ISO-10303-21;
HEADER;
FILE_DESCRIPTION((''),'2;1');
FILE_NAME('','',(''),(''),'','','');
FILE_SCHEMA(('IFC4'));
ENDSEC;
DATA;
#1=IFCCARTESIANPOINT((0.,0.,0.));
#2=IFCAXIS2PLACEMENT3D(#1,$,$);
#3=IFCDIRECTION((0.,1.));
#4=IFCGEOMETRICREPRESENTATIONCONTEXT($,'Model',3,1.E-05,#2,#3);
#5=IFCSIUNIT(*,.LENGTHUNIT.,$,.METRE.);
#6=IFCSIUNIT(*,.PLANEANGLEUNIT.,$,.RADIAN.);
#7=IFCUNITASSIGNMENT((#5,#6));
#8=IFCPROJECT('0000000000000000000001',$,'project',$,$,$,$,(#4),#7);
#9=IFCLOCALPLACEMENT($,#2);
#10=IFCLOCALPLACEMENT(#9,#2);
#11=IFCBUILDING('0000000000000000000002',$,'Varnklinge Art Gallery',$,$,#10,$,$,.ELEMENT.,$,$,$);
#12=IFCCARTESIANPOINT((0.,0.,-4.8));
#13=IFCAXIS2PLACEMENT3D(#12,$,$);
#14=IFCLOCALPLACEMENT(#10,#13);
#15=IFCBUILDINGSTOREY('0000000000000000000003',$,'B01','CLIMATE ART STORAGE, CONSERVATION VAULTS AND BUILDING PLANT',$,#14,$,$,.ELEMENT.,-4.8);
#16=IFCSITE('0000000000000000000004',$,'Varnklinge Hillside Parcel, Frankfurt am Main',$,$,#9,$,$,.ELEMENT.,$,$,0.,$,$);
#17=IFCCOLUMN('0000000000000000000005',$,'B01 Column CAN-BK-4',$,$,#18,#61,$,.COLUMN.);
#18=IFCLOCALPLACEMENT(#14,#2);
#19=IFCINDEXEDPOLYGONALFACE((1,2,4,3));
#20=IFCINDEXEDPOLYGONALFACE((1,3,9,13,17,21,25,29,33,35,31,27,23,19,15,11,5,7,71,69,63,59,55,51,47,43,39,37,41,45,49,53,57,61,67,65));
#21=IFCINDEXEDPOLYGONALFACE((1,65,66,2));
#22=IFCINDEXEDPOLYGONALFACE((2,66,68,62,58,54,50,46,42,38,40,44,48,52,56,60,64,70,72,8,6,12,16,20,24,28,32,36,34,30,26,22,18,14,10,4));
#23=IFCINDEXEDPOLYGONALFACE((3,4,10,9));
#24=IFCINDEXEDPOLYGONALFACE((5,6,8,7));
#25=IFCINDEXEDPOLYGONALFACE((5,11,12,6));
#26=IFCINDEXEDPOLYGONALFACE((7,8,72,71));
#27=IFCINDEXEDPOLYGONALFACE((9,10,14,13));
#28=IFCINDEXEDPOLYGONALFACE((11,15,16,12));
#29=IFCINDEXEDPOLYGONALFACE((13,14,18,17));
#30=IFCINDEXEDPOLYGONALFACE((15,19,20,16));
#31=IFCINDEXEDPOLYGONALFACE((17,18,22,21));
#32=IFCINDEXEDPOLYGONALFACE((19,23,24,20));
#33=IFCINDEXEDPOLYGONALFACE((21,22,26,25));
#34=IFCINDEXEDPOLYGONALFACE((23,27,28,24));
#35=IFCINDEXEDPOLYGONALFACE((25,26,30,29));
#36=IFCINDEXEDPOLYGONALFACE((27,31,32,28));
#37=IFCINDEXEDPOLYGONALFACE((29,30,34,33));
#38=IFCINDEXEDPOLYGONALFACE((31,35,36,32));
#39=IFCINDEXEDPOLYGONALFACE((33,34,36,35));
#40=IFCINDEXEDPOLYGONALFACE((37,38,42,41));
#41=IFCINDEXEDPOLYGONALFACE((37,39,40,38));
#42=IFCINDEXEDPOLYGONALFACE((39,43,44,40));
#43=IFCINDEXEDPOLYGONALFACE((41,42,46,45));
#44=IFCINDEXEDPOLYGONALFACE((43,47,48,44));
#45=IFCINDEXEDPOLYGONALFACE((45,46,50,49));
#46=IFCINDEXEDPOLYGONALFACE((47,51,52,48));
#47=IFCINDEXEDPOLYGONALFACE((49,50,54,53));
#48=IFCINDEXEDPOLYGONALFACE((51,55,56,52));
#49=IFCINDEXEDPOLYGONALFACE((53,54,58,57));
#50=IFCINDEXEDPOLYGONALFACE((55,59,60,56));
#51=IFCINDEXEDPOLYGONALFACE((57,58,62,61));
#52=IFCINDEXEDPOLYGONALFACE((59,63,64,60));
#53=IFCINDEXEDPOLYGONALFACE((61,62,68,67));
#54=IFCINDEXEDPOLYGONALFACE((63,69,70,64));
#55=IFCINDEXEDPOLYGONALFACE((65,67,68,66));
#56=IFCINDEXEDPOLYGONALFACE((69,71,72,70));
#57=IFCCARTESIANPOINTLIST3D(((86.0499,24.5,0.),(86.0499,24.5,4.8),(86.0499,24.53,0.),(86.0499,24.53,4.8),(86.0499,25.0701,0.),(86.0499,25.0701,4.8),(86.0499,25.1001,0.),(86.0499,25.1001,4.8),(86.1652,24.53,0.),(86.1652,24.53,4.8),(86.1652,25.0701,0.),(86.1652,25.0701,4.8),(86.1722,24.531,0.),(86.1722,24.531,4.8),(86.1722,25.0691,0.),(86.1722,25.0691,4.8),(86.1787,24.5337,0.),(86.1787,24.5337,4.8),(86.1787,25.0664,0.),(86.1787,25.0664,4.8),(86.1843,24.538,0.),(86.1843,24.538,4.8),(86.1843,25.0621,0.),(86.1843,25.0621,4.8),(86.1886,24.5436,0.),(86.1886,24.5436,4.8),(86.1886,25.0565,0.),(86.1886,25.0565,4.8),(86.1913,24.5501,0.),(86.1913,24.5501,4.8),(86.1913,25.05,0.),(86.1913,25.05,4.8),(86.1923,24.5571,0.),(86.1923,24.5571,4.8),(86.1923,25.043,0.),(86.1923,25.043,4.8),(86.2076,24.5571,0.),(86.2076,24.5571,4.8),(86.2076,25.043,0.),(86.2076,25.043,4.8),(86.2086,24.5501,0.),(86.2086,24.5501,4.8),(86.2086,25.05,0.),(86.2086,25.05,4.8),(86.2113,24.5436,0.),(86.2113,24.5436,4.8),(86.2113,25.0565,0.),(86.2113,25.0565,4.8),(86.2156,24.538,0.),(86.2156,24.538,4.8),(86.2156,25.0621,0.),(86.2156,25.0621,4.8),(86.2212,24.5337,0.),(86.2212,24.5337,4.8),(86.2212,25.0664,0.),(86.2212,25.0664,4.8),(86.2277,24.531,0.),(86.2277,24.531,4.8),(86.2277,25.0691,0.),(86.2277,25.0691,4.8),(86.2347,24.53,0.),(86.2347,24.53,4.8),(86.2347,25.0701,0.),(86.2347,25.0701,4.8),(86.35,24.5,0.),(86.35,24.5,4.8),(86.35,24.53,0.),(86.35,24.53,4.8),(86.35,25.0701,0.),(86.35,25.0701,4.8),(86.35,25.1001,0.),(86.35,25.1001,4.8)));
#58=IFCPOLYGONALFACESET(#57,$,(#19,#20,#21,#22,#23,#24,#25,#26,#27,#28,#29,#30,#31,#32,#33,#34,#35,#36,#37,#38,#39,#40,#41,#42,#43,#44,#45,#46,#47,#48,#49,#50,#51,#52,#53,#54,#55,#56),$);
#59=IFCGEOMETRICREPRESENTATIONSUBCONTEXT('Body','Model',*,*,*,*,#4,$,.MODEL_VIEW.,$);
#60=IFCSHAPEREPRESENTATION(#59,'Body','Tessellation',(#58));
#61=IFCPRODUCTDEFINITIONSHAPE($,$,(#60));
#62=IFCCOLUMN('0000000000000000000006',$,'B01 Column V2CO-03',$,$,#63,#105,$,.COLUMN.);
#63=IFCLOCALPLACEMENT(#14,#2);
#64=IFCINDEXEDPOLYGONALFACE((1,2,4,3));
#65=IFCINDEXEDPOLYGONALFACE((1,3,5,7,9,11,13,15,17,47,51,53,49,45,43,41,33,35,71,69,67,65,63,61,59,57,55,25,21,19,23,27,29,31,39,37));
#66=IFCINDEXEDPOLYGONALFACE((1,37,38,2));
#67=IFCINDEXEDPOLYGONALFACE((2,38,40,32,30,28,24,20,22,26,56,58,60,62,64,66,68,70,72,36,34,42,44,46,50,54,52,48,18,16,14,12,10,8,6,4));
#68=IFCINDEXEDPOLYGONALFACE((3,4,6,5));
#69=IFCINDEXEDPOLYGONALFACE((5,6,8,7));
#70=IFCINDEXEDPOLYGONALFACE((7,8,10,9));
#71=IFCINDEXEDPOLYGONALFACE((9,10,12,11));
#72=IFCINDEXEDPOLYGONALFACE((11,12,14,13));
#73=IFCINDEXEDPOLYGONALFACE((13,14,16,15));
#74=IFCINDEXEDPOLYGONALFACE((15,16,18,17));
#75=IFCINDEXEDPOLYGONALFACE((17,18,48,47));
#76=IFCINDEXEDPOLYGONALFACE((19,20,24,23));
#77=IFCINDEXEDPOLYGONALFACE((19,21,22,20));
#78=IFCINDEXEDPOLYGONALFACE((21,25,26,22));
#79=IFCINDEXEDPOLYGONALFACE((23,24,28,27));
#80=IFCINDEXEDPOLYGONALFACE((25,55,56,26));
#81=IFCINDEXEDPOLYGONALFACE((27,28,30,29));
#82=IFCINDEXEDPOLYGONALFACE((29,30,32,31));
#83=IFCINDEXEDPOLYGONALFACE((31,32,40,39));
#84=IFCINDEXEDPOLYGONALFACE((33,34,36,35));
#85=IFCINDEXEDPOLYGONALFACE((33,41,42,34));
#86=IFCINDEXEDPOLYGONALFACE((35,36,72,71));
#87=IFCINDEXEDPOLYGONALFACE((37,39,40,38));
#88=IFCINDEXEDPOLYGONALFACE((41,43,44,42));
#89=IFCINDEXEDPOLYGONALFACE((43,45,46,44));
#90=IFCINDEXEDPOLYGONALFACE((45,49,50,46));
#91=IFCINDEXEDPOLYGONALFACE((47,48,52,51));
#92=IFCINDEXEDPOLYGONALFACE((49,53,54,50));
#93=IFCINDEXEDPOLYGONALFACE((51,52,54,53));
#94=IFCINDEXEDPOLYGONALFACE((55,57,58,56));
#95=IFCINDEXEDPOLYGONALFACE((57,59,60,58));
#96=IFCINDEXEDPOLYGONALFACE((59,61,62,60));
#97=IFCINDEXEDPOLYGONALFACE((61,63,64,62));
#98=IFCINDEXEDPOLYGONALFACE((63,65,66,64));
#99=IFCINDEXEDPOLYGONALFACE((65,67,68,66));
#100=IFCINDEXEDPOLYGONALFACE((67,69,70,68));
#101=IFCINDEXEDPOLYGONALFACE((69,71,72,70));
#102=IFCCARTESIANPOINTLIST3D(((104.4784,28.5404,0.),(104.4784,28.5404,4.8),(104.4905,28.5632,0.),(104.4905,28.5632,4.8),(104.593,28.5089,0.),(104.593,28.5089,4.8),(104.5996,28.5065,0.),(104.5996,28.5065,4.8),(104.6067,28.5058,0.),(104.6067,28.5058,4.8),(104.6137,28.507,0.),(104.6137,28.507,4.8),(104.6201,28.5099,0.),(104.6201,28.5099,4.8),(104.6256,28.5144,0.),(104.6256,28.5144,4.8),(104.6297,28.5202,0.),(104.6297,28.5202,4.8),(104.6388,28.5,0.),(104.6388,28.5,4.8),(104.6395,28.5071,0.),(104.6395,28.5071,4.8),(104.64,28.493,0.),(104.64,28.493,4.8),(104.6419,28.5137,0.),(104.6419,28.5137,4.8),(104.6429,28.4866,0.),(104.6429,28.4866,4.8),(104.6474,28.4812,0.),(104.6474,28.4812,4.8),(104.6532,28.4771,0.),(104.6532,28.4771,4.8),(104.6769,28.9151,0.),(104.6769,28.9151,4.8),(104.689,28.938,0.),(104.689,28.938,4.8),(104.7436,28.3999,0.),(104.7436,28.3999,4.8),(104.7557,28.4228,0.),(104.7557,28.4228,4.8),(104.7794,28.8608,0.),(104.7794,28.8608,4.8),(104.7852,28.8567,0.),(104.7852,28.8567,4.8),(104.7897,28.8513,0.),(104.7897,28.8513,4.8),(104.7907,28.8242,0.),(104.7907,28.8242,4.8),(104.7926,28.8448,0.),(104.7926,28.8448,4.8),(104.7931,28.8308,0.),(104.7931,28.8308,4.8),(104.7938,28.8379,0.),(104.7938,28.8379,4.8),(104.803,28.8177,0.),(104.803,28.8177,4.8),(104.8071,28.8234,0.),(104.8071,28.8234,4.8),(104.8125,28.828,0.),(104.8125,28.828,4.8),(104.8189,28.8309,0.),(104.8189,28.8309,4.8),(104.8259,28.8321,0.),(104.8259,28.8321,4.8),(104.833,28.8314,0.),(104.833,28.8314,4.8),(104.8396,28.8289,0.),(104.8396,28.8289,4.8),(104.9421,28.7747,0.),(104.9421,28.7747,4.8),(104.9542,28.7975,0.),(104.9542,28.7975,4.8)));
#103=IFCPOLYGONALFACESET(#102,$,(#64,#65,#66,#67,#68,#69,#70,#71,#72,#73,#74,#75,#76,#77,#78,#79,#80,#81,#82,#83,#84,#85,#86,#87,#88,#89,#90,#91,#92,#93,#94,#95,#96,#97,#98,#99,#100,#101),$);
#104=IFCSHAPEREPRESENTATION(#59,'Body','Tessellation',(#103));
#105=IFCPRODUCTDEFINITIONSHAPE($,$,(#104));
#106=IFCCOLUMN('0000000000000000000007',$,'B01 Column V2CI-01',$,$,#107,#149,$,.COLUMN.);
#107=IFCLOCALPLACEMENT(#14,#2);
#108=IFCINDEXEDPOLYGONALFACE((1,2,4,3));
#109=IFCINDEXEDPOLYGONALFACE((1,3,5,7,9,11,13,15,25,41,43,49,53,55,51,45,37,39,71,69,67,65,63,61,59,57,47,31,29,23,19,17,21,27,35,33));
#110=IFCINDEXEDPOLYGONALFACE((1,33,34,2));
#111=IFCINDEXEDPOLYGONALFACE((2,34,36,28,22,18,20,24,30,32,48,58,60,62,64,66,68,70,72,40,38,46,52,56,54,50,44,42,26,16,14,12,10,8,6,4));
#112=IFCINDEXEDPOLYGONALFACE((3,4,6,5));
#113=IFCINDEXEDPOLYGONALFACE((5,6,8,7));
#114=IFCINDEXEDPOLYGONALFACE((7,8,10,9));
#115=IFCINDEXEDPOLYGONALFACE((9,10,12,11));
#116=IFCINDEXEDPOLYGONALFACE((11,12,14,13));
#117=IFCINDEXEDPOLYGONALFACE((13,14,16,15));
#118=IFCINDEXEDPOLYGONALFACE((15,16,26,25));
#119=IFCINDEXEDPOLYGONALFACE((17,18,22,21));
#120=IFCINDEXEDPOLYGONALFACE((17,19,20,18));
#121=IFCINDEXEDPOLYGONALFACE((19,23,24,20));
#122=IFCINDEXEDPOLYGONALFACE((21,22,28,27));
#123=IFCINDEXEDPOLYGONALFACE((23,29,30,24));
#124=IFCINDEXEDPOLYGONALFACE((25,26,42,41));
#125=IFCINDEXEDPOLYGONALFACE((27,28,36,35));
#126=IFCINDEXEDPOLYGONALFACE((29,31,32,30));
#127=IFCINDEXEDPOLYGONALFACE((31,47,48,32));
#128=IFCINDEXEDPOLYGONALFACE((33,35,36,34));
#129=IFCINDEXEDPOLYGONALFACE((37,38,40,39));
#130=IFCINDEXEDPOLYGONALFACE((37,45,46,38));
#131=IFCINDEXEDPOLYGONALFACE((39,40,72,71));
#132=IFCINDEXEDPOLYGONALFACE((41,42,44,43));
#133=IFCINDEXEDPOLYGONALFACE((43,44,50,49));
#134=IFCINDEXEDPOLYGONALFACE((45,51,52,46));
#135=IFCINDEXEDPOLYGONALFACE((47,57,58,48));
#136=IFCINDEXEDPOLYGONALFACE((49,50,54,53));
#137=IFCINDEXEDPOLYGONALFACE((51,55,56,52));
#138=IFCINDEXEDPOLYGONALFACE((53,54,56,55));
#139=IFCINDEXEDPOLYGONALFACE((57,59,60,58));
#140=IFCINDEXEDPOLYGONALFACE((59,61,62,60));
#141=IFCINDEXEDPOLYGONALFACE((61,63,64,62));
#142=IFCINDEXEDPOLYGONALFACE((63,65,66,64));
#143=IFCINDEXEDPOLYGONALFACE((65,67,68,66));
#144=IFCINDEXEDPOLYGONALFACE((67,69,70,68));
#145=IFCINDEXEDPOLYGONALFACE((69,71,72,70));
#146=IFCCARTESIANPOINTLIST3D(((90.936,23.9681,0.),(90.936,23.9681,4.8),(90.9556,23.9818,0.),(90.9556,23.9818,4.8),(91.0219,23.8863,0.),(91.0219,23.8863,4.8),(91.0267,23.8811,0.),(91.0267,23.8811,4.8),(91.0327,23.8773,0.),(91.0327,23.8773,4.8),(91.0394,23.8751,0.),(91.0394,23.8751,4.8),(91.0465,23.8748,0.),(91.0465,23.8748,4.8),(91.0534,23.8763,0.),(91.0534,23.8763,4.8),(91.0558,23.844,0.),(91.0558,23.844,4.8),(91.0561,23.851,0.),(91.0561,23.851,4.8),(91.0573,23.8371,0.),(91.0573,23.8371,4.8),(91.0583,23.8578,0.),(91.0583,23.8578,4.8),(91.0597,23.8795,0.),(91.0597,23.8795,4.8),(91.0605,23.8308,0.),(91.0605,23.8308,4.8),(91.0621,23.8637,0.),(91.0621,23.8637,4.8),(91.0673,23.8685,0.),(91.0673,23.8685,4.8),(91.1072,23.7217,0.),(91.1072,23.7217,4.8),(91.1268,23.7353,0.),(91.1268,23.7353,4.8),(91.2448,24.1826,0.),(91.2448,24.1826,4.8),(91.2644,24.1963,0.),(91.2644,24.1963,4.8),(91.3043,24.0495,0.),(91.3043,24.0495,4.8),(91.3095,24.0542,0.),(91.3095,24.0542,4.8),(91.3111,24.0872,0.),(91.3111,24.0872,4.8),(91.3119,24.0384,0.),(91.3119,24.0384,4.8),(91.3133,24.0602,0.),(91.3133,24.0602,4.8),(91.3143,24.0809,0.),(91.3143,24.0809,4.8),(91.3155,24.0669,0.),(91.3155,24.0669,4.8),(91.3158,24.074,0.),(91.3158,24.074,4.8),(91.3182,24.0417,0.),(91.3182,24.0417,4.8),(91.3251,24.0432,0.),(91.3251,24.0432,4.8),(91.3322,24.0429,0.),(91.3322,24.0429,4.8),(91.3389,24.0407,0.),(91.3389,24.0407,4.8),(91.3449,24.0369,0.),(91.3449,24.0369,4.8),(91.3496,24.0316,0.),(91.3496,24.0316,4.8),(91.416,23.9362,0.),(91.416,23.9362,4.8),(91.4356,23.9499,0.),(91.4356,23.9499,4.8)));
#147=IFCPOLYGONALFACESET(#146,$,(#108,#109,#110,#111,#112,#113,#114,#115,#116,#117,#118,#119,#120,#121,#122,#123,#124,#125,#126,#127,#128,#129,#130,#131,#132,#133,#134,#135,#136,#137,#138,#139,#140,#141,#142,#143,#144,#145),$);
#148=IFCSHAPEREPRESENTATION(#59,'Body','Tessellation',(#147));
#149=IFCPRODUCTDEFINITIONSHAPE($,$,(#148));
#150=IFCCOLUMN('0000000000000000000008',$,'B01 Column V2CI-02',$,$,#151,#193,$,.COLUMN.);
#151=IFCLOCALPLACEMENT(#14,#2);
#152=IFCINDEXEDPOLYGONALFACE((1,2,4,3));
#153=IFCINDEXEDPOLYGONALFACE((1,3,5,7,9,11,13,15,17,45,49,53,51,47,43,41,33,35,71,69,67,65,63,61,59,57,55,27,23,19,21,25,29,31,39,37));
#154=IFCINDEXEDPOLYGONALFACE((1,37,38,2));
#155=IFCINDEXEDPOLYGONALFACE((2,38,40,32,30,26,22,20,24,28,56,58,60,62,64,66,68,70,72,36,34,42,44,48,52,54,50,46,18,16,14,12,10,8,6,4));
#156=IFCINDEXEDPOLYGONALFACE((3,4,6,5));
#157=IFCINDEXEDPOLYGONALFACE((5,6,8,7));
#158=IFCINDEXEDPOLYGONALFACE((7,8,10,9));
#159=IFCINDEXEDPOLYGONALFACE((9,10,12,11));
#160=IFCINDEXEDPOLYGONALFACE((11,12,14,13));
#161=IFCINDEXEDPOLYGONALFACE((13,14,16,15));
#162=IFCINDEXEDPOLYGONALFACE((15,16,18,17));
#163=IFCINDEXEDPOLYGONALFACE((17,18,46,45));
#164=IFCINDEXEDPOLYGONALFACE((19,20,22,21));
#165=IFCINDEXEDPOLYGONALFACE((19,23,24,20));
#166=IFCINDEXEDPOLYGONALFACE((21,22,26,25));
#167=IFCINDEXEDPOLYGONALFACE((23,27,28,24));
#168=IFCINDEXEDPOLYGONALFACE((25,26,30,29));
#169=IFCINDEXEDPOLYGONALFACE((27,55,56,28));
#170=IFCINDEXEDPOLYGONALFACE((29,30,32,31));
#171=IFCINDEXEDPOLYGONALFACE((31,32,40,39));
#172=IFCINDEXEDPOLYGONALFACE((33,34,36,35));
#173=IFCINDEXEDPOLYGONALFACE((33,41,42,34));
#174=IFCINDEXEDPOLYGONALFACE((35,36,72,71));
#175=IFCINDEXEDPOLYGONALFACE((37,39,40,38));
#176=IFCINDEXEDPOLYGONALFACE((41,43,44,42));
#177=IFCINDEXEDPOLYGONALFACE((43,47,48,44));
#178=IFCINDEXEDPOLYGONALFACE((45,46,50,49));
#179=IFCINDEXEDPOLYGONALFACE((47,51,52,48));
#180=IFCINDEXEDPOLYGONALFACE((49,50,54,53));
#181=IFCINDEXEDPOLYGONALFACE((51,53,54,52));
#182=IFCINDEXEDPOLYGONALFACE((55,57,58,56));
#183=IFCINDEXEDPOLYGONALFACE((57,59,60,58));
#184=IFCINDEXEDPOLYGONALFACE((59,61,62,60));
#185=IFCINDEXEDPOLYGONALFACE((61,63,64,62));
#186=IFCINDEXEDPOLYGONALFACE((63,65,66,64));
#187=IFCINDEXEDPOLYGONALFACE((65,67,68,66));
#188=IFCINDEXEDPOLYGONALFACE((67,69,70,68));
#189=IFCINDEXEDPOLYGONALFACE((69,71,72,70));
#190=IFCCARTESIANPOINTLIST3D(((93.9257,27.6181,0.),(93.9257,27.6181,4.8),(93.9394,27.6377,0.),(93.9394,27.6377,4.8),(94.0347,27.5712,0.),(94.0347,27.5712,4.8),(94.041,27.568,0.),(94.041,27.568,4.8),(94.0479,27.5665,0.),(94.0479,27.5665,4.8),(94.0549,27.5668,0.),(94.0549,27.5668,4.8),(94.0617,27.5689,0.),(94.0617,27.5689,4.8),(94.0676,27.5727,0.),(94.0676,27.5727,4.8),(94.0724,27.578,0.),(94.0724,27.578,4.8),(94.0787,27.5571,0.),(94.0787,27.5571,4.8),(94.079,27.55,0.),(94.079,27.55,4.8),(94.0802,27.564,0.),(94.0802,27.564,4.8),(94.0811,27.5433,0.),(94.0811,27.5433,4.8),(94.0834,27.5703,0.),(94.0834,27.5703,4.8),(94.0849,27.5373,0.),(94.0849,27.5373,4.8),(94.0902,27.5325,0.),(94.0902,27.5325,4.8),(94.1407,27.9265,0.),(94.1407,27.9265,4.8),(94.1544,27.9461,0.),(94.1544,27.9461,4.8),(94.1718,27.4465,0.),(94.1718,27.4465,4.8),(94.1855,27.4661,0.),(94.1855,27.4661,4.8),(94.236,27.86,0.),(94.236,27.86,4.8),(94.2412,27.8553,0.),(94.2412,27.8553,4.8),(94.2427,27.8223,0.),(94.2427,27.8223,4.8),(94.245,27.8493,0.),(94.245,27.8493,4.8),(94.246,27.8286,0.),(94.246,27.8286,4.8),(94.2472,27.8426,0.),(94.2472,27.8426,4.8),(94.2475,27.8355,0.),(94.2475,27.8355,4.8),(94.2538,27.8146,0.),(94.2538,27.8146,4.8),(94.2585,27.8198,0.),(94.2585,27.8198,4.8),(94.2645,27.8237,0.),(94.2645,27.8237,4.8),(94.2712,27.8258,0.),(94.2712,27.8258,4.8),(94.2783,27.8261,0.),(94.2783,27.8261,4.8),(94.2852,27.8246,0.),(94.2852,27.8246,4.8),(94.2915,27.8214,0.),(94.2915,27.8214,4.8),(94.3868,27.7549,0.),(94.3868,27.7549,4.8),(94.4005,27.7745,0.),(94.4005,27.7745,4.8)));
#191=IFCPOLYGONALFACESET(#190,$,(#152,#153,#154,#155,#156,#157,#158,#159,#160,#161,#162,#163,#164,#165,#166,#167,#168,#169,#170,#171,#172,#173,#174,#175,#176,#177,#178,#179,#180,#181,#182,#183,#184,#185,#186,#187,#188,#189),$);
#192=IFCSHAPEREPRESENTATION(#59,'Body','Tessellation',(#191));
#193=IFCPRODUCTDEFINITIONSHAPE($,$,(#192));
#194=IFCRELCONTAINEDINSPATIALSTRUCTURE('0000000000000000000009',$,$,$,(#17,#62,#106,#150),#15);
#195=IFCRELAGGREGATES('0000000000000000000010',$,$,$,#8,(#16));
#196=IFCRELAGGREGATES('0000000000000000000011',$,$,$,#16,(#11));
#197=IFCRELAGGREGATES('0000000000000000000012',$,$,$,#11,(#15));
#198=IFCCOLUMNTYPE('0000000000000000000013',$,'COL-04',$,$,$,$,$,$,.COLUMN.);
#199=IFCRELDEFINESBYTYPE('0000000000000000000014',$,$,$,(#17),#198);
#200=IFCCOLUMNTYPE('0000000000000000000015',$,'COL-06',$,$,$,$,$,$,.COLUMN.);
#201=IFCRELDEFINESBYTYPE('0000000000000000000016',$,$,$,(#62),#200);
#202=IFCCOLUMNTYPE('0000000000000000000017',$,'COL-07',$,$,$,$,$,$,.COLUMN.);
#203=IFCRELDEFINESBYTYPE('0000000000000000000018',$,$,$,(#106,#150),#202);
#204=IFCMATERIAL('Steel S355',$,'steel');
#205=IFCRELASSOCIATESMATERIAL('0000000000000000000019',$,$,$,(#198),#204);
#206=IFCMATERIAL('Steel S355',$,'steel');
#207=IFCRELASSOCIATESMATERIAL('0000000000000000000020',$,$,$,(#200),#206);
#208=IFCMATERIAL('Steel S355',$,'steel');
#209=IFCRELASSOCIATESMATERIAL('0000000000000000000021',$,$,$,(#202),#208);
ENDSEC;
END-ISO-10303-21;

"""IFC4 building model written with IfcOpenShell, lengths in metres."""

from ifc_helpers import new_model, si_unit, direction, frame, origin, origin_2d, place, context, subcontext, project, spatial, i_section, extrude, material, material_profile, profile_set, type_object, element, save


model = new_model("IFC4")

# Units and contexts
model_context = context("Model", 3, precision=1e-05, world=origin(), true_north=direction((0.0, 1.0)))
body_context = subcontext(model_context, "Body", "Model", "MODEL_VIEW")
ifc_project = project(units=[si_unit("LENGTHUNIT", "METRE"), si_unit("PLANEANGLEUNIT", "RADIAN")], contexts=[model_context])

# Site, building, storey
site_placement = place(None, origin())
site = spatial("IfcSite", under=ifc_project, at=site_placement, Name="Varnklinge Hillside Parcel, Frankfurt am Main", CompositionType="ELEMENT", RefElevation=0.0)
building_placement = place(site_placement, origin())
building = spatial("IfcBuilding", under=site, at=building_placement, Name="Varnklinge Art Gallery", CompositionType="ELEMENT")
storey_placement = place(building_placement, frame((0.0, 0.0, -4.8)))
storey = spatial("IfcBuildingStorey", under=building, at=storey_placement, Name="B01", Description="CLIMATE ART STORAGE, CONSERVATION VAULTS AND BUILDING PLANT", CompositionType="ELEMENT", Elevation=-4.8)

# Columns
ifc_material_1 = material(Name="Steel S355", Category="steel")
ifc_material_profile_1 = material_profile(ifc_material_1, i_section(OverallWidth=0.3, OverallDepth=0.6001, WebThickness=0.0154, FlangeThickness=0.03, FilletRadius=0.0271, at=origin_2d()), Name="HEB 600")
ifc_profile_set_1 = profile_set([ifc_material_profile_1], Name="Steel S355")
column_type_1 = type_object("IfcColumnType", Name="COL-04", PredefinedType="COLUMN", material=ifc_profile_set_1)
column_1_placement = place(storey_placement, frame((86.2, 24.8, 0.0), z_axis=(0.0, 0.0, 1.0), x_axis=(1.0, 0.0, 0.0)))
element("IfcColumn", 1, at=column_1_placement, inside=storey, type_object=column_type_1, Name="B01 Column CAN-BK-4", PredefinedType="COLUMN", context=body_context, shape_type="SweptSolid", body=[
    extrude(i_section(OverallWidth=0.3, OverallDepth=0.6001, WebThickness=0.0154, FlangeThickness=0.03, FilletRadius=0.0271, at=origin_2d()), origin(), (0.0, 0.0, 1.0), 4.8),
])
ifc_material_2 = material(Name="Steel S355", Category="steel")
ifc_material_profile_2 = material_profile(ifc_material_2, i_section(OverallWidth=0.3, OverallDepth=0.45, WebThickness=0.0139, FlangeThickness=0.0259, FilletRadius=0.0271, at=origin_2d()), Name="HEB 450")
ifc_profile_set_2 = profile_set([ifc_material_profile_2], Name="Steel S355")
column_type_2 = type_object("IfcColumnType", Name="COL-06", PredefinedType="COLUMN", material=ifc_profile_set_2)
column_2_placement = place(storey_placement, frame((104.7163, 28.6689, 0.0), z_axis=(0.0, 0.0, 1.0), x_axis=(-0.883684, 0.468084, 0.0)))
element("IfcColumn", 2, at=column_2_placement, inside=storey, type_object=column_type_2, Name="B01 Column V2CO-03", PredefinedType="COLUMN", context=body_context, shape_type="SweptSolid", body=[
    extrude(i_section(OverallWidth=0.3, OverallDepth=0.45, WebThickness=0.0139, FlangeThickness=0.0259, FilletRadius=0.0271, at=origin_2d()), origin(), (0.0, 0.0, 1.0), 4.8),
])
ifc_material_3 = material(Name="Steel S355", Category="steel")
ifc_material_profile_3 = material_profile(ifc_material_3, i_section(OverallWidth=0.3, OverallDepth=0.3999, WebThickness=0.0134, FlangeThickness=0.0239, FilletRadius=0.0271, at=origin_2d()), Name="HEB 400")
ifc_profile_set_3 = profile_set([ifc_material_profile_3], Name="Steel S355")
column_type_3 = type_object("IfcColumnType", Name="COL-07", PredefinedType="COLUMN", material=ifc_profile_set_3)
for number, where, z_axis, x_axis, name in (
    (3, (91.1858, 23.959, 0.0), (0.0, 0.0, 1.0), (-0.57057, 0.821249, 0.0), "B01 Column V2CI-01"),
    (4, (94.1631, 27.6963, 0.0), (0.0, 0.0, 1.0), (-0.820352, 0.57186, 0.0), "B01 Column V2CI-02"),
):
    element("IfcColumn", number, at=place(storey_placement, frame(where, z_axis=z_axis, x_axis=x_axis)), inside=storey, type_object=column_type_3, Name=name, PredefinedType="COLUMN", context=body_context, shape_type="SweptSolid", body=[
        extrude(i_section(OverallWidth=0.3, OverallDepth=0.3999, WebThickness=0.0134, FlangeThickness=0.0239, FilletRadius=0.0271, at=origin_2d()), origin(), (0.0, 0.0, 1.0), 4.8),
    ])

save(model, "model.ifc")
